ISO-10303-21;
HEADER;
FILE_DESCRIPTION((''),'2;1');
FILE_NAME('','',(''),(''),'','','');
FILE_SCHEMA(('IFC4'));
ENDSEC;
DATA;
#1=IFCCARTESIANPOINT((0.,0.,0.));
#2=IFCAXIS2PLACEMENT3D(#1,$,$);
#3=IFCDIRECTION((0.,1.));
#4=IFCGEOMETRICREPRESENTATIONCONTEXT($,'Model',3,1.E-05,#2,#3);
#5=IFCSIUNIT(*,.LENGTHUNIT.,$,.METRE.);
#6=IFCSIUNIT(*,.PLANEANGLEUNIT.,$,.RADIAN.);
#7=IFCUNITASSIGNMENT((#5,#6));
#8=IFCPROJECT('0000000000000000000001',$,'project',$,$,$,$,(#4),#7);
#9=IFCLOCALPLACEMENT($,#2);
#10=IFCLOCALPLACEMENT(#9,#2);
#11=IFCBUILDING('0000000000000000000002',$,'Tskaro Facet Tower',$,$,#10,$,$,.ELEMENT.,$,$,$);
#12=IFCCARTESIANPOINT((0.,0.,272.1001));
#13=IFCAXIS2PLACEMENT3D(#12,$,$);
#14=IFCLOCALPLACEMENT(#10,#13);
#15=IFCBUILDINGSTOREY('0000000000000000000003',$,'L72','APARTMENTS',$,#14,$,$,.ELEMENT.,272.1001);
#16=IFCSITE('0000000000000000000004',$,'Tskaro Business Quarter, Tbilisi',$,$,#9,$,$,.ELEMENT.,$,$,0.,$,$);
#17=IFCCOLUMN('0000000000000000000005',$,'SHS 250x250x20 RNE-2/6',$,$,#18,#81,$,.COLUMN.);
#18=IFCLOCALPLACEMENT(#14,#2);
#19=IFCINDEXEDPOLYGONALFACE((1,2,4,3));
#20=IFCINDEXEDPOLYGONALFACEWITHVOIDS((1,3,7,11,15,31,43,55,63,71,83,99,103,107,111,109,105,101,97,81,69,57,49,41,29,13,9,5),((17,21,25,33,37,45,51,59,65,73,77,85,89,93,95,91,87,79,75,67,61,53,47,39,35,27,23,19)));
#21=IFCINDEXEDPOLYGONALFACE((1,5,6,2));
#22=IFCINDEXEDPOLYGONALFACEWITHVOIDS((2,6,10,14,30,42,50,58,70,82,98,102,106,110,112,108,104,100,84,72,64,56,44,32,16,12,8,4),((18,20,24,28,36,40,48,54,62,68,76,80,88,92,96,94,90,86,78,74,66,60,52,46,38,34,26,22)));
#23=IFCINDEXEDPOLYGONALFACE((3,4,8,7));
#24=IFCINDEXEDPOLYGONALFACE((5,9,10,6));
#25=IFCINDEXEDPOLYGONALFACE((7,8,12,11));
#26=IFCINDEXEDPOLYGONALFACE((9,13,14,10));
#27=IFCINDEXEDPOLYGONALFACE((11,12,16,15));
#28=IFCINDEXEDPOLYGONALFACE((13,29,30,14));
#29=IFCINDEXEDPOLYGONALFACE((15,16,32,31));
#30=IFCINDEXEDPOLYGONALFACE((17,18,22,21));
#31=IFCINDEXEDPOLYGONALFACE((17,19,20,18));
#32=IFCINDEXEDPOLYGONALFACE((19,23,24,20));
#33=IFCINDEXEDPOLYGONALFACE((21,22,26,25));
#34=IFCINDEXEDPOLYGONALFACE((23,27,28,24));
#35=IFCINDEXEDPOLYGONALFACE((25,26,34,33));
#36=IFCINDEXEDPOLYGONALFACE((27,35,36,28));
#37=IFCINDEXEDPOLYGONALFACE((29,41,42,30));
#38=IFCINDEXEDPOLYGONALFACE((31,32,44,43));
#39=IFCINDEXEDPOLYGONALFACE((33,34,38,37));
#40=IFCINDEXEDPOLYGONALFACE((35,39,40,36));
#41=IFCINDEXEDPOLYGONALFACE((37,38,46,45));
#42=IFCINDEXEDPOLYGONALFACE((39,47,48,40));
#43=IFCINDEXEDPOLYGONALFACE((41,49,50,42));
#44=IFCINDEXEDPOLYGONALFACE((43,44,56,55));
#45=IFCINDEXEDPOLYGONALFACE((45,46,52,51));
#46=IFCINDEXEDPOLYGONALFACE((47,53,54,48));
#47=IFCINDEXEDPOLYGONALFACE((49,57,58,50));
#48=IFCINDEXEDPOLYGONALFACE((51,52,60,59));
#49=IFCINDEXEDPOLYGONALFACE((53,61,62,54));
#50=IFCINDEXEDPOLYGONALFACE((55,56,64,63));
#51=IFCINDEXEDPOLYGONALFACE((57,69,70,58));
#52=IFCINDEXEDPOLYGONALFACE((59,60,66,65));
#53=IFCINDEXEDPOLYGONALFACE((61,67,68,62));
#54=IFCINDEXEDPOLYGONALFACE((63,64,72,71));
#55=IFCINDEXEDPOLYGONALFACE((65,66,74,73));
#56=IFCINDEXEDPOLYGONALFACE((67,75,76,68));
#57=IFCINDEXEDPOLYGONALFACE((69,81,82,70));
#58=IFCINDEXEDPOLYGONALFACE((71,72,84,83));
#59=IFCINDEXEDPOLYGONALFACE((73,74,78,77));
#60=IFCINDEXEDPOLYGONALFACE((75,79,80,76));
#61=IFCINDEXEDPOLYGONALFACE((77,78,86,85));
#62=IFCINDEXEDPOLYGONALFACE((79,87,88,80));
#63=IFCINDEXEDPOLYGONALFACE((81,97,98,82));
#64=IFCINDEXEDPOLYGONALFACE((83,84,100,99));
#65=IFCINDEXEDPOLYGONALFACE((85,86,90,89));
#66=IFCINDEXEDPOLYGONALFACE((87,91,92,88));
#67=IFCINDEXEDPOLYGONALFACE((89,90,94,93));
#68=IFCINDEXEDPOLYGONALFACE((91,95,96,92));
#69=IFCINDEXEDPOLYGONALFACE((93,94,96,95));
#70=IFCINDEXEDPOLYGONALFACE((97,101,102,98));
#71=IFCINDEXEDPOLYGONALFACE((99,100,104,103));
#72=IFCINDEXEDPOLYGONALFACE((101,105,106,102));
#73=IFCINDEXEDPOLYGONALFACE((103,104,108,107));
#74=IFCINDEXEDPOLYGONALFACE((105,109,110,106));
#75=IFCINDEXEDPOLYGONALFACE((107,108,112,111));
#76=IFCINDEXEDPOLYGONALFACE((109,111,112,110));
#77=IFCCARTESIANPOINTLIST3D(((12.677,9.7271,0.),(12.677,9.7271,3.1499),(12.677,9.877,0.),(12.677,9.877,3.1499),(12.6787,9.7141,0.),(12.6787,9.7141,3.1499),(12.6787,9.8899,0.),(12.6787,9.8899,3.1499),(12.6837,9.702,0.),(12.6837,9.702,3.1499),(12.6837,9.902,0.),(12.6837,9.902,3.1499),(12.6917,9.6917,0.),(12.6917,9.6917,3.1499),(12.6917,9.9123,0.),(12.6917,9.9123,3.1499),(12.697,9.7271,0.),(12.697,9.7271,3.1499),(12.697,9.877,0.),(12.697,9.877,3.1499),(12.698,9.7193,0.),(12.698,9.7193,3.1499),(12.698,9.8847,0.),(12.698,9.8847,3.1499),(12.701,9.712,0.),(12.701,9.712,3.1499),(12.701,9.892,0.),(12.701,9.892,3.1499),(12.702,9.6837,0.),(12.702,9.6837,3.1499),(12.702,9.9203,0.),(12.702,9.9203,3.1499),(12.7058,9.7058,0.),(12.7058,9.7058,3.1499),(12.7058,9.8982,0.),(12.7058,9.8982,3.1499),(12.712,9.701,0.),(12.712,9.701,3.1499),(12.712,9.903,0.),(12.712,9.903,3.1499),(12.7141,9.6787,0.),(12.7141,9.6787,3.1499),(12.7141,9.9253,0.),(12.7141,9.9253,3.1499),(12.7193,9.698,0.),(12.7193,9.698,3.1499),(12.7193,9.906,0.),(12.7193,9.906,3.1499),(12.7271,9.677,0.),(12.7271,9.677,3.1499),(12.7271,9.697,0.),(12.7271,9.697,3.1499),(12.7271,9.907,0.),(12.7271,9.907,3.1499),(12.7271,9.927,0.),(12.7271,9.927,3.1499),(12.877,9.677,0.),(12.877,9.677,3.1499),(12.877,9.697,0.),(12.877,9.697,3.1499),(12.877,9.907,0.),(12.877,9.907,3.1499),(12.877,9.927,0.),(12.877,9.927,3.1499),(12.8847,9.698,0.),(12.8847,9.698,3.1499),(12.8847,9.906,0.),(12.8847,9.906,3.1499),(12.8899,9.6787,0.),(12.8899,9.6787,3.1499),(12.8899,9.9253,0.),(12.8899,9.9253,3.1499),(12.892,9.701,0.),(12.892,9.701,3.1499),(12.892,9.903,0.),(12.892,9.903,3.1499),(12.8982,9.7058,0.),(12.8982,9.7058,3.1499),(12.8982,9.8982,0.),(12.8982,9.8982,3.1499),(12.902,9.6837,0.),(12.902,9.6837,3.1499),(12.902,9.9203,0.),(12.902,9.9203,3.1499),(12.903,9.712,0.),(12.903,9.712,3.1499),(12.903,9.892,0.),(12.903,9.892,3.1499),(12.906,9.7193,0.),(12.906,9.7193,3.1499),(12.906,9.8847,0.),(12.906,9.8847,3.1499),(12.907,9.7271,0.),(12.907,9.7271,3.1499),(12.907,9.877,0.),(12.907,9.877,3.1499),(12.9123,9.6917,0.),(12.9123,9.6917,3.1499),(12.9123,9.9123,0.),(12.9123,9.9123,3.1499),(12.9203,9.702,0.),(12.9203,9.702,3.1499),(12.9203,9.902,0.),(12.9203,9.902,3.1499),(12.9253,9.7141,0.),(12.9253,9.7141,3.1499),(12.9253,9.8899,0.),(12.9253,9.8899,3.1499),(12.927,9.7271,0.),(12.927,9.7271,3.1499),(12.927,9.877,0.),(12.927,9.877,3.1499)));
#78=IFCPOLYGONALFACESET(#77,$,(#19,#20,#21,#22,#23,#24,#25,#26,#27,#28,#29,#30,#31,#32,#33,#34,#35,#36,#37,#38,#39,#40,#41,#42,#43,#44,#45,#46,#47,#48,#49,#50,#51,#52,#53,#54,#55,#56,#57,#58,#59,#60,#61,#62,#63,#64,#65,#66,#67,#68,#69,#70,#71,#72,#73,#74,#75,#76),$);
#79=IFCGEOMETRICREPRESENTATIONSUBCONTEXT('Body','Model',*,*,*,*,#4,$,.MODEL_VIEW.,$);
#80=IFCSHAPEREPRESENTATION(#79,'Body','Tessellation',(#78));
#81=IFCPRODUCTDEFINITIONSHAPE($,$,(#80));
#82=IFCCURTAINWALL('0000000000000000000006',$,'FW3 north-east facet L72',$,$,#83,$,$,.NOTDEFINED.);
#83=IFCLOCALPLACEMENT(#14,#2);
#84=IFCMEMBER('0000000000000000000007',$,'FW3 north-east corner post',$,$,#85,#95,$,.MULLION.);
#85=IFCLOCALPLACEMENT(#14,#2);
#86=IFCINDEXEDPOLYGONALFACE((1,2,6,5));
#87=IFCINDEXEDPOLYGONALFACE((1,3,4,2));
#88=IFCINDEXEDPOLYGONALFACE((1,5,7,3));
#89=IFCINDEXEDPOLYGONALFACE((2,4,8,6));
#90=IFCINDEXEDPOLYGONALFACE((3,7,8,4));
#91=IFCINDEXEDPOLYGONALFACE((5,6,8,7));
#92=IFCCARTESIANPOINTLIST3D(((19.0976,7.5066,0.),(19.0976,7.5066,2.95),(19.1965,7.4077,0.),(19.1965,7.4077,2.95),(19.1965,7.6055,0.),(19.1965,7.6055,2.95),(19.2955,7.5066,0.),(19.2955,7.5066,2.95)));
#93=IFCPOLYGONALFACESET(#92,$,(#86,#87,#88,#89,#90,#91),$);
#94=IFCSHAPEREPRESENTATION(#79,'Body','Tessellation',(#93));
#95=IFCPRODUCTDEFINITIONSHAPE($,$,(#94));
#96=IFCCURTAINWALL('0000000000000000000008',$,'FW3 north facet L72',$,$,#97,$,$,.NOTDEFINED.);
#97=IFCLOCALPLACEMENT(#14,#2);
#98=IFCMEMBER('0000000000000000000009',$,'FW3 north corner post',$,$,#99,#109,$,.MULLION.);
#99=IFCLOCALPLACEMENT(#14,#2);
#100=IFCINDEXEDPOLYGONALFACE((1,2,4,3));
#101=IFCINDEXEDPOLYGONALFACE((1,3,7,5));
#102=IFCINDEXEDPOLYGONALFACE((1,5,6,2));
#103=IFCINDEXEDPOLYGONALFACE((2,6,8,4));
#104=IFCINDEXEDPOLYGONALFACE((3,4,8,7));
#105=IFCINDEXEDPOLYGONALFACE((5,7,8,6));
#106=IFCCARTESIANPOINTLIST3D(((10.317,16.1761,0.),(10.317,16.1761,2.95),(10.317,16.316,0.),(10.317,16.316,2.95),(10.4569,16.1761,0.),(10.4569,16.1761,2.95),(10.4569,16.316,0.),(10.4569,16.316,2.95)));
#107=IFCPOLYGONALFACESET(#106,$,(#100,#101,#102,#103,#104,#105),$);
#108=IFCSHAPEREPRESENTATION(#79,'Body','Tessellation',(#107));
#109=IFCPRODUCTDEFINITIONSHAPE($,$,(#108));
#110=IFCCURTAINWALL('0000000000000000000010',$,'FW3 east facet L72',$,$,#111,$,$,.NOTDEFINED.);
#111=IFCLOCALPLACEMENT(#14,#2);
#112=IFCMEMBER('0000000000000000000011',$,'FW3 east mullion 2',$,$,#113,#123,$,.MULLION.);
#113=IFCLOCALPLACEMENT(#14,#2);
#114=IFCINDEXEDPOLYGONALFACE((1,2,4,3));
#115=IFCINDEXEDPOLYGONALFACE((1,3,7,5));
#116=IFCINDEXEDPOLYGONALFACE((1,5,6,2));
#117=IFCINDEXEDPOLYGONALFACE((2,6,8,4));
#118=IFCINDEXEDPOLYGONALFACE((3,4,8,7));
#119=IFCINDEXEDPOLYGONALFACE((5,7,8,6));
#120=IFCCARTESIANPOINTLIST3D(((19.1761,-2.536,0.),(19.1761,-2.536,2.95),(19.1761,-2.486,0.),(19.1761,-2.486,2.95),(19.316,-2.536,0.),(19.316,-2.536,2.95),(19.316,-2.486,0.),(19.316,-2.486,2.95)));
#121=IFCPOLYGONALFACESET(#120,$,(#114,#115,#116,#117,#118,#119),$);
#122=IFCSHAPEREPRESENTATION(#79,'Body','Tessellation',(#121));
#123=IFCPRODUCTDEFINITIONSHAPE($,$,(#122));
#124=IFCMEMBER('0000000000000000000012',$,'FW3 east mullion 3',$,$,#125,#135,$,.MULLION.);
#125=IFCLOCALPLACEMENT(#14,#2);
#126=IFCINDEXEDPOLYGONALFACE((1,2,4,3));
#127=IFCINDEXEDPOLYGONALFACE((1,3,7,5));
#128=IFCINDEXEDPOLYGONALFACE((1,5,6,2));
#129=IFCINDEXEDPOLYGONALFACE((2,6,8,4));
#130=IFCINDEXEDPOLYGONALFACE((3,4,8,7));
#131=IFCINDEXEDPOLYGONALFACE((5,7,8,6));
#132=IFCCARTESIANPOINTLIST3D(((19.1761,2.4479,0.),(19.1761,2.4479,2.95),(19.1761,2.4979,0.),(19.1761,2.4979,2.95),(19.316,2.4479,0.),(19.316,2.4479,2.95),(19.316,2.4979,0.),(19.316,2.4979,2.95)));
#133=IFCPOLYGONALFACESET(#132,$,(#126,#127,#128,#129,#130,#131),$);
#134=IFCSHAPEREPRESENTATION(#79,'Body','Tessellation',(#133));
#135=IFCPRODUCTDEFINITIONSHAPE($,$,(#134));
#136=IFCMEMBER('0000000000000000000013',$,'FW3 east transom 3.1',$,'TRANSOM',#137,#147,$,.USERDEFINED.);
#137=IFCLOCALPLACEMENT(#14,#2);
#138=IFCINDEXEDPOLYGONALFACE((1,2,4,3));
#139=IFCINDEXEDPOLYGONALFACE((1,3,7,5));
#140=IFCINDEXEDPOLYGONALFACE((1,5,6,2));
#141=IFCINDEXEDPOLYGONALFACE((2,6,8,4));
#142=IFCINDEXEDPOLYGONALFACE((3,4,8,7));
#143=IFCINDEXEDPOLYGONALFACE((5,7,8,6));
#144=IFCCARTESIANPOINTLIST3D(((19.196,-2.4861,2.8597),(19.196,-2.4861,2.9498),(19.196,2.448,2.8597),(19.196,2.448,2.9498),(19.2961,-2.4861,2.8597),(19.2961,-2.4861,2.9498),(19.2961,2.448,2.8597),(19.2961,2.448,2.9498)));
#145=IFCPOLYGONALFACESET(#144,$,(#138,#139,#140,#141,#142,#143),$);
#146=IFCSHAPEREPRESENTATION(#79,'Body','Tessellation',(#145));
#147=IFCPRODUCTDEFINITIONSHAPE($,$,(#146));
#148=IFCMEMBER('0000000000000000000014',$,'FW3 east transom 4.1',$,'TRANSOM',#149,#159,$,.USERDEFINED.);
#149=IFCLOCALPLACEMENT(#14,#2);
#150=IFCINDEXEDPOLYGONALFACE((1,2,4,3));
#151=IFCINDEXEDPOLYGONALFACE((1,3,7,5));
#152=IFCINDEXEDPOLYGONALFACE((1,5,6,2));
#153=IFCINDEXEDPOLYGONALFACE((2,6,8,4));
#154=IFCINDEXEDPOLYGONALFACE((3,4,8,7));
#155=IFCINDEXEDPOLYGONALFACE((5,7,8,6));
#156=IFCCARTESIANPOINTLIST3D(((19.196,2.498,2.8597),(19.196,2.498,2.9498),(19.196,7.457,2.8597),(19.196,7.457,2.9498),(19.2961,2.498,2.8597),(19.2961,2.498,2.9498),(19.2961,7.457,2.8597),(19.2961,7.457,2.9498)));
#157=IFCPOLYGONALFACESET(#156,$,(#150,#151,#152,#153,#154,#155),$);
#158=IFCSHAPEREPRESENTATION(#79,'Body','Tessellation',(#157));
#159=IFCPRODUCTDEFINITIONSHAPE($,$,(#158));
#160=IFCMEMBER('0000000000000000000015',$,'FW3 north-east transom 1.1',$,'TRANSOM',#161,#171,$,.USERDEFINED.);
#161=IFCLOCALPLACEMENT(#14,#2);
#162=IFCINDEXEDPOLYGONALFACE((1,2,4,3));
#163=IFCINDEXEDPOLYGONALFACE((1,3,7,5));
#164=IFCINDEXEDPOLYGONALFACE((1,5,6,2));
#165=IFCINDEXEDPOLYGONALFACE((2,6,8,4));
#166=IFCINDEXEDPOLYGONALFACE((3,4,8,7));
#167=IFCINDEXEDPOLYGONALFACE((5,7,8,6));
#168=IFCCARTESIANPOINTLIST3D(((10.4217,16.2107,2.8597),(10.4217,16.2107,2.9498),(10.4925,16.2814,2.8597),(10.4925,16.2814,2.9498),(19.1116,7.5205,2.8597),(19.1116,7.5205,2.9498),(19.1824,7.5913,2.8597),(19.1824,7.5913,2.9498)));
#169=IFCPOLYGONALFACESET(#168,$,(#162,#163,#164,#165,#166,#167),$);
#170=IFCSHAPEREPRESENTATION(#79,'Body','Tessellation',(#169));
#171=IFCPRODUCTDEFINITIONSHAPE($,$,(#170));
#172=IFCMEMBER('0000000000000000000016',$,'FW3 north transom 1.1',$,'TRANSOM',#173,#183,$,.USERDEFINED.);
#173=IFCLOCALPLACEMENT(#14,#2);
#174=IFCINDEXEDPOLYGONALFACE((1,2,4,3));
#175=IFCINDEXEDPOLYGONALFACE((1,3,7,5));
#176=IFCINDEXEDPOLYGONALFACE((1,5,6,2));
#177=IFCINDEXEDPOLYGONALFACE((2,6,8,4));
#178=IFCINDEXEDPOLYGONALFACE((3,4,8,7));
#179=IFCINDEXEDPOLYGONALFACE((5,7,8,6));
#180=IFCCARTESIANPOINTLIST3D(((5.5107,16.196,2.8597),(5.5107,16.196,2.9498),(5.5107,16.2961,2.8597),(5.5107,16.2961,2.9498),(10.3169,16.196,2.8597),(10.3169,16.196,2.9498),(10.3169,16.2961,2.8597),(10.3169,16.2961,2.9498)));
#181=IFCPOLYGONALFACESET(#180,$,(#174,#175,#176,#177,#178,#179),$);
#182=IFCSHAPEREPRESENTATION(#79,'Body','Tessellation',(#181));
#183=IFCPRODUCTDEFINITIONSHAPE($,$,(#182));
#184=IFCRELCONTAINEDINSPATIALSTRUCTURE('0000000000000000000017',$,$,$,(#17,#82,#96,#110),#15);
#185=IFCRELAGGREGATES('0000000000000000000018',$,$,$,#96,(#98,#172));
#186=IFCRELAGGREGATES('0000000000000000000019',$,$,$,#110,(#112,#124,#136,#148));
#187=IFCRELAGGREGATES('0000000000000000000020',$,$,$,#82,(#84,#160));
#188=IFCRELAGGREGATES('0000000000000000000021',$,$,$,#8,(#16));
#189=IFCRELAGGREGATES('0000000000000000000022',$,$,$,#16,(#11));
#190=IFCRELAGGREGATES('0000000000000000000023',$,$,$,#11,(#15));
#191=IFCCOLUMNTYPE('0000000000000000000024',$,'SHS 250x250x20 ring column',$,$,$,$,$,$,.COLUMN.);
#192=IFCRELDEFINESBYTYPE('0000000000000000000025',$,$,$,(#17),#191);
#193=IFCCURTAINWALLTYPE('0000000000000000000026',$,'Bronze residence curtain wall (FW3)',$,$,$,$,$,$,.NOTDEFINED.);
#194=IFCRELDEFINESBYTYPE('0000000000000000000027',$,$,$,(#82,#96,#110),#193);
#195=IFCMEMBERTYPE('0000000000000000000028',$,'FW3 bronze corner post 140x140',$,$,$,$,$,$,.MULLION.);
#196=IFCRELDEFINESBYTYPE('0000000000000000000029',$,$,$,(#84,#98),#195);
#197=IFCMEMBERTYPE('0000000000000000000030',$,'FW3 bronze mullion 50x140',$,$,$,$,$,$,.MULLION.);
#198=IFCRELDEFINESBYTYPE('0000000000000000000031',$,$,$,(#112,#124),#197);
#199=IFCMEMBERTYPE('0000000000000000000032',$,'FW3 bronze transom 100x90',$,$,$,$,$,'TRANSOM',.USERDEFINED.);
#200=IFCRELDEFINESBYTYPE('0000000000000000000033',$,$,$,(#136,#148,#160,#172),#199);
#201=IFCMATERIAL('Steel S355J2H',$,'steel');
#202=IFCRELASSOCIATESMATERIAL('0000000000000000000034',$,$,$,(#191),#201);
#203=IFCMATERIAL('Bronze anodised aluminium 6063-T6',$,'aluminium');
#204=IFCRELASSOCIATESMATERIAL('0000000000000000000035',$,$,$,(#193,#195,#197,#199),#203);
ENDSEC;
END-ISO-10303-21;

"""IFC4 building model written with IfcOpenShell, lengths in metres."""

from ifc_helpers import new_model, si_unit, direction, frame, origin, origin_2d, place, context, subcontext, project, spatial, rectangle, hollow_rectangle, extrude, material, material_profile, profile_set, type_object, element, aggregate, save


model = new_model("IFC4")

# Units and contexts
model_context = context("Model", 3, precision=1e-05, world=origin(), true_north=direction((0.0, 1.0)))
body_context = subcontext(model_context, "Body", "Model", "MODEL_VIEW")
ifc_project = project(units=[si_unit("LENGTHUNIT", "METRE"), si_unit("PLANEANGLEUNIT", "RADIAN")], contexts=[model_context])

# Site, building, storey
site_placement = place(None, origin())
site = spatial("IfcSite", under=ifc_project, at=site_placement, Name="Tskaro Business Quarter, Tbilisi", CompositionType="ELEMENT", RefElevation=0.0)
building_placement = place(site_placement, origin())
building = spatial("IfcBuilding", under=site, at=building_placement, Name="Tskaro Facet Tower", CompositionType="ELEMENT")
storey_placement = place(building_placement, frame((0.0, 0.0, 272.1001)))
storey = spatial("IfcBuildingStorey", under=building, at=storey_placement, Name="L72", Description="APARTMENTS", CompositionType="ELEMENT", Elevation=272.1001)

# Column
ifc_material_1 = material(Name="Steel S355J2H", Category="steel")
ifc_material_profile_1 = material_profile(ifc_material_1, hollow_rectangle(XDim=0.25, YDim=0.25, WallThickness=0.02, InnerFilletRadius=0.03, OuterFilletRadius=0.05, at=origin_2d()), Name="SHS 250x250x20")
ifc_profile_set_1 = profile_set([ifc_material_profile_1], Name="Steel S355J2H")
column_type_1 = type_object("IfcColumnType", Name="SHS 250x250x20 ring column", PredefinedType="COLUMN", material=ifc_profile_set_1)
for number, where, z_axis, x_axis, name in (
    (1, (12.802, 9.802, 0.0), (0.0, 0.0, 1.0), (1.0, 0.0, 0.0), "SHS 250x250x20 RNE-2/6"),
):
    element("IfcColumn", number, at=place(storey_placement, frame(where, z_axis=z_axis, x_axis=x_axis)), inside=storey, type_object=column_type_1, Name=name, PredefinedType="COLUMN", context=body_context, shape_type="SweptSolid", body=[
        extrude(hollow_rectangle(XDim=0.25, YDim=0.25, WallThickness=0.02, InnerFilletRadius=0.03, OuterFilletRadius=0.05, at=origin_2d()), origin(), (0.0, 0.0, 1.0), 3.1499),
    ])

# Curtain walls, members
ifc_material_2 = material(Name="Bronze anodised aluminium 6063-T6", Category="aluminium")
curtain_wall_type = type_object("IfcCurtainWallType", Name="Bronze residence curtain wall (FW3)", PredefinedType="NOTDEFINED", material=ifc_material_2)
curtain_wall_1_placement = place(storey_placement, origin())
curtain_wall_1 = element("IfcCurtainWall", 2, at=curtain_wall_1_placement, inside=storey, type_object=curtain_wall_type, Name="FW3 north-east facet L72", PredefinedType="NOTDEFINED")
ifc_material_profile_2 = material_profile(ifc_material_2, rectangle(XDim=0.1399, YDim=0.1399, at=origin_2d()), Name="Corner post 140x140")
ifc_profile_set_2 = profile_set([ifc_material_profile_2], Name="Bronze anodised aluminium 6063-T6")
member_type_1 = type_object("IfcMemberType", Name="FW3 bronze corner post 140x140", PredefinedType="MULLION", material=ifc_profile_set_2)
member_1_placement = place(storey_placement, frame((19.1965, 7.5066, 0.0), z_axis=(0.0, 0.0, 1.0), x_axis=(-0.707107, 0.707107, 0.0)))
member_1 = element("IfcMember", 3, at=member_1_placement, type_object=member_type_1, Name="FW3 north-east corner post", PredefinedType="MULLION", context=body_context, shape_type="SweptSolid", body=[
    extrude(rectangle(XDim=0.1399, YDim=0.1399, at=origin_2d()), origin(), (0.0, 0.0, 1.0), 2.95),
])
curtain_wall_2_placement = place(storey_placement, origin())
curtain_wall_2 = element("IfcCurtainWall", 4, at=curtain_wall_2_placement, inside=storey, type_object=curtain_wall_type, Name="FW3 north facet L72", PredefinedType="NOTDEFINED")
member_2_placement = place(storey_placement, frame((10.387, 16.2461, 0.0), z_axis=(0.0, 0.0, 1.0), x_axis=(-1.0, 0.0, 0.0)))
member_2 = element("IfcMember", 5, at=member_2_placement, type_object=member_type_1, Name="FW3 north corner post", PredefinedType="MULLION", context=body_context, shape_type="SweptSolid", body=[
    extrude(rectangle(XDim=0.1399, YDim=0.1399, at=origin_2d()), origin(), (0.0, 0.0, 1.0), 2.95),
])

# Curtain wall, members
curtain_wall_3_placement = place(storey_placement, origin())
curtain_wall_3 = element("IfcCurtainWall", 6, at=curtain_wall_3_placement, inside=storey, type_object=curtain_wall_type, Name="FW3 east facet L72", PredefinedType="NOTDEFINED")
ifc_material_profile_3 = material_profile(ifc_material_2, rectangle(XDim=0.05, YDim=0.1399, at=origin_2d()), Name="Mullion 50x140")
ifc_profile_set_3 = profile_set([ifc_material_profile_3], Name="Bronze anodised aluminium 6063-T6")
member_type_2 = type_object("IfcMemberType", Name="FW3 bronze mullion 50x140", PredefinedType="MULLION", material=ifc_profile_set_3)
member_3_placement = place(storey_placement, frame((19.2461, -2.511, 0.0), z_axis=(0.0, 0.0, 1.0), x_axis=(0.0, 1.0, 0.0)))
member_3 = element("IfcMember", 7, at=member_3_placement, type_object=member_type_2, Name="FW3 east mullion 2", PredefinedType="MULLION", context=body_context, shape_type="SweptSolid", body=[
    extrude(rectangle(XDim=0.05, YDim=0.1399, at=origin_2d()), origin(), (0.0, 0.0, 1.0), 2.95),
])
member_4_placement = place(storey_placement, frame((19.2461, 2.4729, 0.0), z_axis=(0.0, 0.0, 1.0), x_axis=(0.0, 1.0, 0.0)))
member_4 = element("IfcMember", 8, at=member_4_placement, type_object=member_type_2, Name="FW3 east mullion 3", PredefinedType="MULLION", context=body_context, shape_type="SweptSolid", body=[
    extrude(rectangle(XDim=0.05, YDim=0.1399, at=origin_2d()), origin(), (0.0, 0.0, 1.0), 2.95),
])
ifc_material_profile_4 = material_profile(ifc_material_2, rectangle(XDim=0.1001, YDim=0.0901, at=origin_2d()), Name="Transom 100x90")
ifc_profile_set_4 = profile_set([ifc_material_profile_4], Name="Bronze anodised aluminium 6063-T6")
member_type_3 = type_object("IfcMemberType", Name="FW3 bronze transom 100x90", ElementType="TRANSOM", PredefinedType="USERDEFINED", material=ifc_profile_set_4)
member_5_placement = place(storey_placement, frame((19.2461, -2.4861, 2.9048), z_axis=(0.0, 1.0, 0.0), x_axis=(-1.0, 0.0, 0.0)))
member_5 = element("IfcMember", 9, at=member_5_placement, type_object=member_type_3, Name="FW3 east transom 3.1", ObjectType="TRANSOM", PredefinedType="USERDEFINED", context=body_context, shape_type="SweptSolid", body=[
    extrude(rectangle(XDim=0.1001, YDim=0.0901, at=origin_2d()), origin(), (0.0, 0.0, 1.0), 4.9341),
])
member_6_placement = place(storey_placement, frame((19.2461, 2.498, 2.9048), z_axis=(0.0, 1.0, 0.0), x_axis=(-1.0, 0.0, 0.0)))
member_6 = element("IfcMember", 10, at=member_6_placement, type_object=member_type_3, Name="FW3 east transom 4.1", ObjectType="TRANSOM", PredefinedType="USERDEFINED", context=body_context, shape_type="SweptSolid", body=[
    extrude(rectangle(XDim=0.1001, YDim=0.0901, at=origin_2d()), origin(), (0.0, 0.0, 1.0), 4.959),
])

# Members
member_7_placement = place(storey_placement, frame((19.147, 7.5559, 2.9048), z_axis=(-0.707097, 0.707117, 0.0), x_axis=(-0.707117, -0.707097, 0.0)))
member_7 = element("IfcMember", 11, at=member_7_placement, type_object=member_type_3, Name="FW3 north-east transom 1.1", ObjectType="TRANSOM", PredefinedType="USERDEFINED", context=body_context, shape_type="SweptSolid", body=[
    extrude(rectangle(XDim=0.1001, YDim=0.0901, at=origin_2d()), origin(), (0.0, 0.0, 1.0), 12.2896),
])
member_8_placement = place(storey_placement, frame((10.3169, 16.2461, 2.9048), z_axis=(-1.0, 0.0, 0.0), x_axis=(0.0, -1.0, 0.0)))
member_8 = element("IfcMember", 12, at=member_8_placement, type_object=member_type_3, Name="FW3 north transom 1.1", ObjectType="TRANSOM", PredefinedType="USERDEFINED", context=body_context, shape_type="SweptSolid", body=[
    extrude(rectangle(XDim=0.1001, YDim=0.0901, at=origin_2d()), origin(), (0.0, 0.0, 1.0), 4.8062),
])
aggregate(curtain_wall_2, [member_2, member_8])

aggregate(curtain_wall_3, [member_3, member_4, member_5, member_6])
aggregate(curtain_wall_1, [member_1, member_7])

save(model, "model.ifc")
